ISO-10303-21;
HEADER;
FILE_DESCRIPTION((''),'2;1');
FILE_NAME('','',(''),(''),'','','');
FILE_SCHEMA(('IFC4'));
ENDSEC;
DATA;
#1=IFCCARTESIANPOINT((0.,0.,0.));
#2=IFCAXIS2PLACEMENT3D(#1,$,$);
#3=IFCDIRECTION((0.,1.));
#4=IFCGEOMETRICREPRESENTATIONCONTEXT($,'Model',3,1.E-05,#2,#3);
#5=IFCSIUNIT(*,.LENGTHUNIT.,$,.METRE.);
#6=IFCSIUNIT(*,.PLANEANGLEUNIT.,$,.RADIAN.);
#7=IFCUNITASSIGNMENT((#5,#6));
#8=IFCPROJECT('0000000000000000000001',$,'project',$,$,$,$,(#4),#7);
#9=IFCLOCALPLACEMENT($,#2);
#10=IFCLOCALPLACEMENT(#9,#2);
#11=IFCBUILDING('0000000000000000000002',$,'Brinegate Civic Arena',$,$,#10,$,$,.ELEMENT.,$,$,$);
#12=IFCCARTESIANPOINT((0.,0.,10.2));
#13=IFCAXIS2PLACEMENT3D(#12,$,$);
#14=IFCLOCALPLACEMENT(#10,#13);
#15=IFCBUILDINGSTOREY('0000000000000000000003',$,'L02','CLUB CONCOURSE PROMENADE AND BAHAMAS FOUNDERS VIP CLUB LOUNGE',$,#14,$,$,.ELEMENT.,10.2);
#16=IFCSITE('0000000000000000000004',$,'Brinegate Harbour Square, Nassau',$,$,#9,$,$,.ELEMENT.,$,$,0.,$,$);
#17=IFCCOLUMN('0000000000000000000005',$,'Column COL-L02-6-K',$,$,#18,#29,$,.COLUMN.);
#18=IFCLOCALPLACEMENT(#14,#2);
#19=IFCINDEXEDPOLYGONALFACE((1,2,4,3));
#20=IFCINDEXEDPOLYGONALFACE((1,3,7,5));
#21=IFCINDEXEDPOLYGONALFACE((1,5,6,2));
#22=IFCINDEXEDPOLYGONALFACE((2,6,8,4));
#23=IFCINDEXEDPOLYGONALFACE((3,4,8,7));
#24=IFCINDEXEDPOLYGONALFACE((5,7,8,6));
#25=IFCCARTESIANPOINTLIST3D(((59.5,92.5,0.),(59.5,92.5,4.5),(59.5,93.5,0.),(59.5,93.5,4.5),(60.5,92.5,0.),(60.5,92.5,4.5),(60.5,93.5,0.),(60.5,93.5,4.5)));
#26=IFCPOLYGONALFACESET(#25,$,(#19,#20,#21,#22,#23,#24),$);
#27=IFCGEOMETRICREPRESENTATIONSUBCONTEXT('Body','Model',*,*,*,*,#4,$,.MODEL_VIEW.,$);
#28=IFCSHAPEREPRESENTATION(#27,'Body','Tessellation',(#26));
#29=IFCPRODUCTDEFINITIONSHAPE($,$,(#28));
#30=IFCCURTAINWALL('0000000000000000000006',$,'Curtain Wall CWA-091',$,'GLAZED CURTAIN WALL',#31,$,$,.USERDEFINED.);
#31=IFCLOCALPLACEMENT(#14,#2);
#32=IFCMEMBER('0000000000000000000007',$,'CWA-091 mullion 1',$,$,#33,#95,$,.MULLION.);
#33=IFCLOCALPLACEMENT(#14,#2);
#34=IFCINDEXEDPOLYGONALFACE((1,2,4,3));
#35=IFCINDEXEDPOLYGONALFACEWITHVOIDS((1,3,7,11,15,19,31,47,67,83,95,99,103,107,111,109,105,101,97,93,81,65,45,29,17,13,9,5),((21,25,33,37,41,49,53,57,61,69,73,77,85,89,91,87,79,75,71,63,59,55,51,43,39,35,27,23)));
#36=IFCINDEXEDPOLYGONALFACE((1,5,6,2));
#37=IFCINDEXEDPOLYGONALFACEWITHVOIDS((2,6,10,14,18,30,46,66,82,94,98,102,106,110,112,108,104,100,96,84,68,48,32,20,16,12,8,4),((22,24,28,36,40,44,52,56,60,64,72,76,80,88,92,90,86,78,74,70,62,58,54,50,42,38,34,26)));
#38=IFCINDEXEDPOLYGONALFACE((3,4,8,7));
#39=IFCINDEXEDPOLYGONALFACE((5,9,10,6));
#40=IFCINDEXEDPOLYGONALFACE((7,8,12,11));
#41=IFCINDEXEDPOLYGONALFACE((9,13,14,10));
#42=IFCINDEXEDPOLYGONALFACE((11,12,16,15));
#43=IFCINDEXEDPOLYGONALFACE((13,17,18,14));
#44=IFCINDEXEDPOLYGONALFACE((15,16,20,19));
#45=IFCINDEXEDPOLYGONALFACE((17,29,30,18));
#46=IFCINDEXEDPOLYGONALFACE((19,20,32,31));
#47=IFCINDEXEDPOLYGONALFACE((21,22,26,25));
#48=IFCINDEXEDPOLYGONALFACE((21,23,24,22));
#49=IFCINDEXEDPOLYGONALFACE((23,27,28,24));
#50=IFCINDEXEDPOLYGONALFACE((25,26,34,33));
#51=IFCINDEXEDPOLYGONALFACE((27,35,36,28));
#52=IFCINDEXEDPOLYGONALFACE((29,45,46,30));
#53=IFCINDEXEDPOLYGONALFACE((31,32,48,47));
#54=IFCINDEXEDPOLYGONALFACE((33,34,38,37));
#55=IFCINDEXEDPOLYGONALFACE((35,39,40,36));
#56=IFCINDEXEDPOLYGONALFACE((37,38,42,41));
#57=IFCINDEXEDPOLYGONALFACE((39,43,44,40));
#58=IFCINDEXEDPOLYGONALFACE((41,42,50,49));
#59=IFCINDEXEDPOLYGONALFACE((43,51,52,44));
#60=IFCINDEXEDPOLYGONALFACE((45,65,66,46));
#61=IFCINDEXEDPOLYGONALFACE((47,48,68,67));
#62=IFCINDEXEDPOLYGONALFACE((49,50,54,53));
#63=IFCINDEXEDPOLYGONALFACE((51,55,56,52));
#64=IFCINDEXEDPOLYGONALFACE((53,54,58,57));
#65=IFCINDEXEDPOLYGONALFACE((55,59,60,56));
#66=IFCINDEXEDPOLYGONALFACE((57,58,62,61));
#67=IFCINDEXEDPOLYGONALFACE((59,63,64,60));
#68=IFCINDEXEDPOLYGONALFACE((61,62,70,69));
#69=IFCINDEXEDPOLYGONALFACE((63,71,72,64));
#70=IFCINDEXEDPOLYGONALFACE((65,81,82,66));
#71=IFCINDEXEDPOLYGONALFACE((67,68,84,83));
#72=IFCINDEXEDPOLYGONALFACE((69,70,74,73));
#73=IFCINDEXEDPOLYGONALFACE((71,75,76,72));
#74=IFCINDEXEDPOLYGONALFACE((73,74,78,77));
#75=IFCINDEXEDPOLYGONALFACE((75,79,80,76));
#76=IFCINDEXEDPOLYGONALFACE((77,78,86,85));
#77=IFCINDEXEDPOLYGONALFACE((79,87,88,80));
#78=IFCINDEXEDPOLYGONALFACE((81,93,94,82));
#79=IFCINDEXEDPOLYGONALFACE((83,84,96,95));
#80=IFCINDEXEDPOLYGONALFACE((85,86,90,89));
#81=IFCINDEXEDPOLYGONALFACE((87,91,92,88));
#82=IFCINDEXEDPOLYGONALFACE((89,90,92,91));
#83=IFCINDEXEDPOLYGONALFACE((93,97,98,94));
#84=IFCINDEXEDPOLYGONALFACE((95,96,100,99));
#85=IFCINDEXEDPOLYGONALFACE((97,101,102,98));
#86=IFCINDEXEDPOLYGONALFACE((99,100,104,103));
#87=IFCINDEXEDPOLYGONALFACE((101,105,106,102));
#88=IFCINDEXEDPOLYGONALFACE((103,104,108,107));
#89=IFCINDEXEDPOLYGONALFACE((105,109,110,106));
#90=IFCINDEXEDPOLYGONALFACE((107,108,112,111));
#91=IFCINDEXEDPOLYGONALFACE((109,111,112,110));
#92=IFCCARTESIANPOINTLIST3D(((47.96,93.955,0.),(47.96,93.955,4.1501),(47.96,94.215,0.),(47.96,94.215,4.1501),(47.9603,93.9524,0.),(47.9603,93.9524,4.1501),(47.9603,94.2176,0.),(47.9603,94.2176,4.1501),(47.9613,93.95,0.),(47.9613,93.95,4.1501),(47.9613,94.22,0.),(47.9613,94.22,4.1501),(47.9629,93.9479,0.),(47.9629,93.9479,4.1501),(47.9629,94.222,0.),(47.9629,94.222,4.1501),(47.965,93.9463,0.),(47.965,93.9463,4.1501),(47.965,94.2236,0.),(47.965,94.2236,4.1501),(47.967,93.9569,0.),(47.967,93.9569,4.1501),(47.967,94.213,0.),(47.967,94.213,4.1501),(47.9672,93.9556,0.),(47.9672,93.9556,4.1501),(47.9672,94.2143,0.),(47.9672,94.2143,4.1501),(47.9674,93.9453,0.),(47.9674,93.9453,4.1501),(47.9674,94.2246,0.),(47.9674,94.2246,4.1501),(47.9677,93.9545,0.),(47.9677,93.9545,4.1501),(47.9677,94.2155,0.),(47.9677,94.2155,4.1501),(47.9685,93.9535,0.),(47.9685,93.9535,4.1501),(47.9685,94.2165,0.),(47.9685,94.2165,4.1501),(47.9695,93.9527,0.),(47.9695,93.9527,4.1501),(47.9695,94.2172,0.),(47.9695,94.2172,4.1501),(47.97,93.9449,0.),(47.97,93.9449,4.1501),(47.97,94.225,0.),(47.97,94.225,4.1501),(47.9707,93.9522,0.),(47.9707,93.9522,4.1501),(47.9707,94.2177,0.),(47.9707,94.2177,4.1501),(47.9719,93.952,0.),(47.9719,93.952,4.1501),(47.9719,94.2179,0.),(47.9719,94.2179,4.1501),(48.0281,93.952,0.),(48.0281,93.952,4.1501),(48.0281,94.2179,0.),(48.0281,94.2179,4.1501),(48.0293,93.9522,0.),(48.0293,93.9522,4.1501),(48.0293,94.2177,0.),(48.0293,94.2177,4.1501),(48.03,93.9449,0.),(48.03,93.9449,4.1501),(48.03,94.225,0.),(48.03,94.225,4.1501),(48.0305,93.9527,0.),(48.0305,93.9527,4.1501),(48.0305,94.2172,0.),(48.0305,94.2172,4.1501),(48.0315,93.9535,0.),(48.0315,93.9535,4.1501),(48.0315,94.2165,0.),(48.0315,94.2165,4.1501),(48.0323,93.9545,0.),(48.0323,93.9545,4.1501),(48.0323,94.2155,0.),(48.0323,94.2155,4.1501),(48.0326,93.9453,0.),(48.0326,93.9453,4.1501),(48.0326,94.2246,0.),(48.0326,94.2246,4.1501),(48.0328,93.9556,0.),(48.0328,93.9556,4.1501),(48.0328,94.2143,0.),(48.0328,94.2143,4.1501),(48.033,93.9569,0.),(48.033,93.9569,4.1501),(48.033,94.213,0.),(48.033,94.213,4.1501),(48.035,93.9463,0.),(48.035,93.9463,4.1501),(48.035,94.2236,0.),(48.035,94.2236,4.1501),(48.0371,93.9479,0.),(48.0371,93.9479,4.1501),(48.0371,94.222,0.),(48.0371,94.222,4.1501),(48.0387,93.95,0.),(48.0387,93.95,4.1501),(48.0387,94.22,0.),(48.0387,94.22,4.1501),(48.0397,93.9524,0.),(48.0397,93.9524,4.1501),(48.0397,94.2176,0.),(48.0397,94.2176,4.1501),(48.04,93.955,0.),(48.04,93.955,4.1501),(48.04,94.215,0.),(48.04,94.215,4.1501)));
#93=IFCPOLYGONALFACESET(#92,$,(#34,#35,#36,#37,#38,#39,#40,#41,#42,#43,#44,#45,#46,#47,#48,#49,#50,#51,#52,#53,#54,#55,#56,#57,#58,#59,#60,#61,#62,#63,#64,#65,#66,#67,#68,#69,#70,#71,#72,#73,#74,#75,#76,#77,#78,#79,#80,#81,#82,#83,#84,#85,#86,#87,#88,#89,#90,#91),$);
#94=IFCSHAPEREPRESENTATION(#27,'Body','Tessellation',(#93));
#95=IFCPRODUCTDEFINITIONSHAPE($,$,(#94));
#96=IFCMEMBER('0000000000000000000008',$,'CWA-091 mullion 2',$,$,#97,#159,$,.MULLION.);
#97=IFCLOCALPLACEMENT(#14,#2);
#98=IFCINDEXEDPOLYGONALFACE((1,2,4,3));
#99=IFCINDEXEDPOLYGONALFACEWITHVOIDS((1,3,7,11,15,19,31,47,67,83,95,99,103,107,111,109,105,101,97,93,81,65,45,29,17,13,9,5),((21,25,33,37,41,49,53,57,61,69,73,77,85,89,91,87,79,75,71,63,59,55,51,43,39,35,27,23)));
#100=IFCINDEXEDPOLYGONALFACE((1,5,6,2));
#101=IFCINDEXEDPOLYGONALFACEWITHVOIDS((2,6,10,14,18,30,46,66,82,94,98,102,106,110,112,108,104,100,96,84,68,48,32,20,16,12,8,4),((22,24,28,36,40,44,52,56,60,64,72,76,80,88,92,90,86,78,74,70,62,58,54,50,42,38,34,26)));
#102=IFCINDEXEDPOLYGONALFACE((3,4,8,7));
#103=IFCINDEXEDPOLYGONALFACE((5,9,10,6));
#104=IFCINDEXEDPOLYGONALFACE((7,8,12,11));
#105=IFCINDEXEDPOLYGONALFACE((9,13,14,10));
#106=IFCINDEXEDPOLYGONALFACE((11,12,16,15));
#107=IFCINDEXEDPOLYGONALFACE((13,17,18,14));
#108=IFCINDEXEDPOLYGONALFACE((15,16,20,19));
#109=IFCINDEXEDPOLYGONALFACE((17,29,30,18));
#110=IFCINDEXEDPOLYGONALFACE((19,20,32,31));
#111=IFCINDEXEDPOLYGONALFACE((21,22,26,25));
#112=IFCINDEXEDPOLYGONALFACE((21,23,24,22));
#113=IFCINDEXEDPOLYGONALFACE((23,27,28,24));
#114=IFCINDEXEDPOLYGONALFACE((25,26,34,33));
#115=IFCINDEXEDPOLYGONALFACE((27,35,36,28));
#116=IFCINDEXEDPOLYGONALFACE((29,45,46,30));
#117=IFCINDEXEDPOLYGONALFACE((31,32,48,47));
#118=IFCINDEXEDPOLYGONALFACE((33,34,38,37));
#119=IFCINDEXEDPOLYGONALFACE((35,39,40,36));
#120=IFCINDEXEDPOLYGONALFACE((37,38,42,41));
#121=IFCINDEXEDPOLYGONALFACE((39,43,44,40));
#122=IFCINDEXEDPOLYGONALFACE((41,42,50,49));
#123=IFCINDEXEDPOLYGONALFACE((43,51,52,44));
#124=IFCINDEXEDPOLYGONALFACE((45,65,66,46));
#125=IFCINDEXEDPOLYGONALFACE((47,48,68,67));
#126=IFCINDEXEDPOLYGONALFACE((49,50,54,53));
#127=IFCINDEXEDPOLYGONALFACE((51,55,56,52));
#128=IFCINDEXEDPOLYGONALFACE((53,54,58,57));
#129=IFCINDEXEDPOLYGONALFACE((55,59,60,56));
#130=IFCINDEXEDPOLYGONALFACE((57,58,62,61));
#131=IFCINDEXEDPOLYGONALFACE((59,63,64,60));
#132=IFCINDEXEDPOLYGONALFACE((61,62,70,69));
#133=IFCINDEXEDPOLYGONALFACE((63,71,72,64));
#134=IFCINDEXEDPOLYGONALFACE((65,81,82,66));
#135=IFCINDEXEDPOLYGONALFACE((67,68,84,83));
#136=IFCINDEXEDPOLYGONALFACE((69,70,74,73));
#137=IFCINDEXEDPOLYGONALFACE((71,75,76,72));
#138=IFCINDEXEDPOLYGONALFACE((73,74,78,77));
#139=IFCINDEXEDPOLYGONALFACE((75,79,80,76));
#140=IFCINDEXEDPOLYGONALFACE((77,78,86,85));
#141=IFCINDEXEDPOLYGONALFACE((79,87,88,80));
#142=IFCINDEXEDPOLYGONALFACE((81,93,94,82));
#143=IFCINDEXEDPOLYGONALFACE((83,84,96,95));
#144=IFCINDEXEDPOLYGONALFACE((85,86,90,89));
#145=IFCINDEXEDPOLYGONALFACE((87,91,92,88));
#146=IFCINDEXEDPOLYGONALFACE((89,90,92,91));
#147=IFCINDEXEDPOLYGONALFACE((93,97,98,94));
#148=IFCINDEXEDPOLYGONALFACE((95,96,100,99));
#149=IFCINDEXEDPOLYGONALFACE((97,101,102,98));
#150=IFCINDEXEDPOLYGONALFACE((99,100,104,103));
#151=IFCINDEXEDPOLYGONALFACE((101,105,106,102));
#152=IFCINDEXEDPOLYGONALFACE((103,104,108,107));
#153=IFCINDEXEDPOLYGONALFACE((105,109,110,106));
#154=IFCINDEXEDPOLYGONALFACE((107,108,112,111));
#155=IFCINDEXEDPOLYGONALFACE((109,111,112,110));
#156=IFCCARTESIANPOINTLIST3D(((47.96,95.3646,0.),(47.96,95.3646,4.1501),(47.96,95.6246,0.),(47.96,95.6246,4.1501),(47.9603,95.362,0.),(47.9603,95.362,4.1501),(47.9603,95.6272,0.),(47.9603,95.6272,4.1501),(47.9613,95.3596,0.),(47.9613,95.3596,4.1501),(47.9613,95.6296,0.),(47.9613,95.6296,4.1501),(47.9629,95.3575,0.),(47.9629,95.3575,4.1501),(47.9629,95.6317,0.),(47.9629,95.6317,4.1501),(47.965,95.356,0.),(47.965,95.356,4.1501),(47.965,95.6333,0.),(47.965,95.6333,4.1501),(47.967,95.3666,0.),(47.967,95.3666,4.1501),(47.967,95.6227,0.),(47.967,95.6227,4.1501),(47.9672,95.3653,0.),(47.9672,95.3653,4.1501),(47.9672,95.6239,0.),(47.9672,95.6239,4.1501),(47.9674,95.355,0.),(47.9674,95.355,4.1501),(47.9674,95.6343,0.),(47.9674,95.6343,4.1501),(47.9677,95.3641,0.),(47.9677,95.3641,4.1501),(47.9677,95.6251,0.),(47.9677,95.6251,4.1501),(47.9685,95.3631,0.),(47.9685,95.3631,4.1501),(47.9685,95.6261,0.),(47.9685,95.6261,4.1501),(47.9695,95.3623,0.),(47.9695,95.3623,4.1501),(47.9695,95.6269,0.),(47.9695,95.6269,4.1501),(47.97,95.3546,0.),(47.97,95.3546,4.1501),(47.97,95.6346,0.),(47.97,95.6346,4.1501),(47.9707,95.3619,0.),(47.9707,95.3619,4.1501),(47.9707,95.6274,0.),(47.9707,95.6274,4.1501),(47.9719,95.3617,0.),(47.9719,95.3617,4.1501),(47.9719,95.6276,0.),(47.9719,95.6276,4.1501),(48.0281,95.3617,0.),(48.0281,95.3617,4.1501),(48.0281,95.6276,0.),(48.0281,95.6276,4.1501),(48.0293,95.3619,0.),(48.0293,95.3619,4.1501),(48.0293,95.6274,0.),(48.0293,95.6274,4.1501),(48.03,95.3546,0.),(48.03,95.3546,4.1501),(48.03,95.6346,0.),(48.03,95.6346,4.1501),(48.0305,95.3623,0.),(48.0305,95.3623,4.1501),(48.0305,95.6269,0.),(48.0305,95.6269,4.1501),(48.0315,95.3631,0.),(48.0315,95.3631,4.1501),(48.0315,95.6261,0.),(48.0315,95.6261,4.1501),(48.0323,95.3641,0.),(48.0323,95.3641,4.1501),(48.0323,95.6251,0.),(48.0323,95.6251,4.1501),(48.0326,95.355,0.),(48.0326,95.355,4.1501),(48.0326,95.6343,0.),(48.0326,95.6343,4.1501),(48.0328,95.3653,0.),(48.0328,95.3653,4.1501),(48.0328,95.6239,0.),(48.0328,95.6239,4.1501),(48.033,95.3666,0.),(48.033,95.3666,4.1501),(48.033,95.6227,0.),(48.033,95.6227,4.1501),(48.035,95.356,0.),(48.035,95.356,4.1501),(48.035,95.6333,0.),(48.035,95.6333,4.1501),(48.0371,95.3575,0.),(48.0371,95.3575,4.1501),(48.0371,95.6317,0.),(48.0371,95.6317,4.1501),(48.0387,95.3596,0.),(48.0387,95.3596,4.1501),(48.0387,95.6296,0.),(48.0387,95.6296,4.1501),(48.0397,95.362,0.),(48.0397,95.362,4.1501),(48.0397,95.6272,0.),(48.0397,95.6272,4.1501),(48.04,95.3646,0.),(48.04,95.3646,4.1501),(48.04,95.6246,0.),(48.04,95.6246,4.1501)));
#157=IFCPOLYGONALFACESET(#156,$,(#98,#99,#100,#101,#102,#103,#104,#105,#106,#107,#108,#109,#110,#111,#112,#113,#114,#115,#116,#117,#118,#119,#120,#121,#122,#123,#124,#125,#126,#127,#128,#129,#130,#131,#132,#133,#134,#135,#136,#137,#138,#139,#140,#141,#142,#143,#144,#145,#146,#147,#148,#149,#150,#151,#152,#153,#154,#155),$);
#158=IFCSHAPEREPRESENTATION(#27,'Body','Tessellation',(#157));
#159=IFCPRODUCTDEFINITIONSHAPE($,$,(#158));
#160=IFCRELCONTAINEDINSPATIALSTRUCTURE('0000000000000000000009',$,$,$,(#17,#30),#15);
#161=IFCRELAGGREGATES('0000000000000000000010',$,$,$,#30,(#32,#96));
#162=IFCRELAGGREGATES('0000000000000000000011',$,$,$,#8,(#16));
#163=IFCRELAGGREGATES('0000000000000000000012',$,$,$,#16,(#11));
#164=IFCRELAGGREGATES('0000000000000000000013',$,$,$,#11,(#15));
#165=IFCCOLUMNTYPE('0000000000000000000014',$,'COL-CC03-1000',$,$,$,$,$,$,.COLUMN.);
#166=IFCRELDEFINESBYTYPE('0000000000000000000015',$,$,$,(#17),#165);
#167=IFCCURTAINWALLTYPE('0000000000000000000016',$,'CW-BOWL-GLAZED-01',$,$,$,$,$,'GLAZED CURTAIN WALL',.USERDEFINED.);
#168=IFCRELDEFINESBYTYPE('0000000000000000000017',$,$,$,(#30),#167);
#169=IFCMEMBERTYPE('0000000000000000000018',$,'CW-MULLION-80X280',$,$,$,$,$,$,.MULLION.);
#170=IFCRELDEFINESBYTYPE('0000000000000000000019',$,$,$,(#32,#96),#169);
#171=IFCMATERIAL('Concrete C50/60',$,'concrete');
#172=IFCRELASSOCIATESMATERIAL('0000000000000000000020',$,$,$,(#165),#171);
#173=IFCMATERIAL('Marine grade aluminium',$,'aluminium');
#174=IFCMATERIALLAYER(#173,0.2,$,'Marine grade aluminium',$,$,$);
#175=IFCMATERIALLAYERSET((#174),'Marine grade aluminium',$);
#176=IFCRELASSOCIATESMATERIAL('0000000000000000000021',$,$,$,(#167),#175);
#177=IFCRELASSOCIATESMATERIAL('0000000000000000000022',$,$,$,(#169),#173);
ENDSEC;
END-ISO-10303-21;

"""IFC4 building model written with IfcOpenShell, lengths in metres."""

from ifc_helpers import new_model, si_unit, direction, frame, origin, origin_2d, place, context, subcontext, project, spatial, rectangle, hollow_rectangle, extrude, material, layer, layer_set, material_profile, profile_set, type_object, element, aggregate, save


model = new_model("IFC4")

# Units and contexts
model_context = context("Model", 3, precision=1e-05, world=origin(), true_north=direction((0.0, 1.0)))
body_context = subcontext(model_context, "Body", "Model", "MODEL_VIEW")
ifc_project = project(units=[si_unit("LENGTHUNIT", "METRE"), si_unit("PLANEANGLEUNIT", "RADIAN")], contexts=[model_context])

# Site, building, storey
site_placement = place(None, origin())
site = spatial("IfcSite", under=ifc_project, at=site_placement, Name="Brinegate Harbour Square, Nassau", CompositionType="ELEMENT", RefElevation=0.0)
building_placement = place(site_placement, origin())
building = spatial("IfcBuilding", under=site, at=building_placement, Name="Brinegate Civic Arena", CompositionType="ELEMENT")
storey_placement = place(building_placement, frame((0.0, 0.0, 10.2)))
storey = spatial("IfcBuildingStorey", under=building, at=storey_placement, Name="L02", Description="CLUB CONCOURSE PROMENADE AND BAHAMAS FOUNDERS VIP CLUB LOUNGE", CompositionType="ELEMENT", Elevation=10.2)

# Column
ifc_material_1 = material(Name="Concrete C50/60", Category="concrete")
ifc_material_profile_1 = material_profile(ifc_material_1, rectangle(XDim=1.0, YDim=1.0, at=origin_2d()), Name="RC1000X1000")
ifc_profile_set_1 = profile_set([ifc_material_profile_1], Name="Concrete C50/60")
column_type = type_object("IfcColumnType", Name="COL-CC03-1000", PredefinedType="COLUMN", material=ifc_profile_set_1)
column_placement = place(storey_placement, frame((60.0, 93.0, 0.0), z_axis=(0.0, 0.0, 1.0), x_axis=(1.0, 0.0, 0.0)))
element("IfcColumn", 1, at=column_placement, inside=storey, type_object=column_type, Name="Column COL-L02-6-K", PredefinedType="COLUMN", context=body_context, shape_type="SweptSolid", body=[
    extrude(rectangle(XDim=1.0, YDim=1.0, at=origin_2d()), origin(), (0.0, 0.0, 1.0), 4.5),
])

# Curtain wall, members
ifc_material_2 = material(Name="Marine grade aluminium", Category="aluminium")
ifc_layer_1 = layer(ifc_material_2, 0.2, Name="Marine grade aluminium")
ifc_layer_set_1 = layer_set([ifc_layer_1], Name="Marine grade aluminium")
curtain_wall_type = type_object("IfcCurtainWallType", Name="CW-BOWL-GLAZED-01", ElementType="GLAZED CURTAIN WALL", PredefinedType="USERDEFINED", material=ifc_layer_set_1)
curtain_wall_placement = place(storey_placement, origin())
curtain_wall = element("IfcCurtainWall", 2, at=curtain_wall_placement, inside=storey, type_object=curtain_wall_type, Name="Curtain Wall CWA-091", ObjectType="GLAZED CURTAIN WALL", PredefinedType="USERDEFINED")
ifc_material_profile_2 = material_profile(ifc_material_2, hollow_rectangle(XDim=0.0801, YDim=0.28, WallThickness=0.0071, InnerFilletRadius=0.0049, OuterFilletRadius=0.01, at=origin_2d()), Name="MUL80X280")
ifc_profile_set_2 = profile_set([ifc_material_profile_2], Name="Marine grade aluminium")
member_type_1 = type_object("IfcMemberType", Name="CW-MULLION-80X280", PredefinedType="MULLION", material=ifc_profile_set_2)
member_1_placement = place(storey_placement, frame((48.0, 94.085, 0.0), z_axis=(0.0, 0.0, 1.0), x_axis=(-1.0, 0.0, 0.0)))
member_1 = element("IfcMember", 3, at=member_1_placement, type_object=member_type_1, Name="CWA-091 mullion 1", PredefinedType="MULLION", context=body_context, shape_type="SweptSolid", body=[
    extrude(hollow_rectangle(XDim=0.0801, YDim=0.28, WallThickness=0.0071, InnerFilletRadius=0.0049, OuterFilletRadius=0.01, at=origin_2d()), origin(), (0.0, 0.0, 1.0), 4.1501),
])
member_2_placement = place(storey_placement, frame((48.0, 95.4946, 0.0), z_axis=(0.0, 0.0, 1.0), x_axis=(-1.0, 0.0, 0.0)))
member_2 = element("IfcMember", 4, at=member_2_placement, type_object=member_type_1, Name="CWA-091 mullion 2", PredefinedType="MULLION", context=body_context, shape_type="SweptSolid", body=[
    extrude(hollow_rectangle(XDim=0.0801, YDim=0.28, WallThickness=0.0071, InnerFilletRadius=0.0049, OuterFilletRadius=0.01, at=origin_2d()), origin(), (0.0, 0.0, 1.0), 4.1501),
])

aggregate(curtain_wall, [member_1, member_2])

save(model, "model.ifc")
